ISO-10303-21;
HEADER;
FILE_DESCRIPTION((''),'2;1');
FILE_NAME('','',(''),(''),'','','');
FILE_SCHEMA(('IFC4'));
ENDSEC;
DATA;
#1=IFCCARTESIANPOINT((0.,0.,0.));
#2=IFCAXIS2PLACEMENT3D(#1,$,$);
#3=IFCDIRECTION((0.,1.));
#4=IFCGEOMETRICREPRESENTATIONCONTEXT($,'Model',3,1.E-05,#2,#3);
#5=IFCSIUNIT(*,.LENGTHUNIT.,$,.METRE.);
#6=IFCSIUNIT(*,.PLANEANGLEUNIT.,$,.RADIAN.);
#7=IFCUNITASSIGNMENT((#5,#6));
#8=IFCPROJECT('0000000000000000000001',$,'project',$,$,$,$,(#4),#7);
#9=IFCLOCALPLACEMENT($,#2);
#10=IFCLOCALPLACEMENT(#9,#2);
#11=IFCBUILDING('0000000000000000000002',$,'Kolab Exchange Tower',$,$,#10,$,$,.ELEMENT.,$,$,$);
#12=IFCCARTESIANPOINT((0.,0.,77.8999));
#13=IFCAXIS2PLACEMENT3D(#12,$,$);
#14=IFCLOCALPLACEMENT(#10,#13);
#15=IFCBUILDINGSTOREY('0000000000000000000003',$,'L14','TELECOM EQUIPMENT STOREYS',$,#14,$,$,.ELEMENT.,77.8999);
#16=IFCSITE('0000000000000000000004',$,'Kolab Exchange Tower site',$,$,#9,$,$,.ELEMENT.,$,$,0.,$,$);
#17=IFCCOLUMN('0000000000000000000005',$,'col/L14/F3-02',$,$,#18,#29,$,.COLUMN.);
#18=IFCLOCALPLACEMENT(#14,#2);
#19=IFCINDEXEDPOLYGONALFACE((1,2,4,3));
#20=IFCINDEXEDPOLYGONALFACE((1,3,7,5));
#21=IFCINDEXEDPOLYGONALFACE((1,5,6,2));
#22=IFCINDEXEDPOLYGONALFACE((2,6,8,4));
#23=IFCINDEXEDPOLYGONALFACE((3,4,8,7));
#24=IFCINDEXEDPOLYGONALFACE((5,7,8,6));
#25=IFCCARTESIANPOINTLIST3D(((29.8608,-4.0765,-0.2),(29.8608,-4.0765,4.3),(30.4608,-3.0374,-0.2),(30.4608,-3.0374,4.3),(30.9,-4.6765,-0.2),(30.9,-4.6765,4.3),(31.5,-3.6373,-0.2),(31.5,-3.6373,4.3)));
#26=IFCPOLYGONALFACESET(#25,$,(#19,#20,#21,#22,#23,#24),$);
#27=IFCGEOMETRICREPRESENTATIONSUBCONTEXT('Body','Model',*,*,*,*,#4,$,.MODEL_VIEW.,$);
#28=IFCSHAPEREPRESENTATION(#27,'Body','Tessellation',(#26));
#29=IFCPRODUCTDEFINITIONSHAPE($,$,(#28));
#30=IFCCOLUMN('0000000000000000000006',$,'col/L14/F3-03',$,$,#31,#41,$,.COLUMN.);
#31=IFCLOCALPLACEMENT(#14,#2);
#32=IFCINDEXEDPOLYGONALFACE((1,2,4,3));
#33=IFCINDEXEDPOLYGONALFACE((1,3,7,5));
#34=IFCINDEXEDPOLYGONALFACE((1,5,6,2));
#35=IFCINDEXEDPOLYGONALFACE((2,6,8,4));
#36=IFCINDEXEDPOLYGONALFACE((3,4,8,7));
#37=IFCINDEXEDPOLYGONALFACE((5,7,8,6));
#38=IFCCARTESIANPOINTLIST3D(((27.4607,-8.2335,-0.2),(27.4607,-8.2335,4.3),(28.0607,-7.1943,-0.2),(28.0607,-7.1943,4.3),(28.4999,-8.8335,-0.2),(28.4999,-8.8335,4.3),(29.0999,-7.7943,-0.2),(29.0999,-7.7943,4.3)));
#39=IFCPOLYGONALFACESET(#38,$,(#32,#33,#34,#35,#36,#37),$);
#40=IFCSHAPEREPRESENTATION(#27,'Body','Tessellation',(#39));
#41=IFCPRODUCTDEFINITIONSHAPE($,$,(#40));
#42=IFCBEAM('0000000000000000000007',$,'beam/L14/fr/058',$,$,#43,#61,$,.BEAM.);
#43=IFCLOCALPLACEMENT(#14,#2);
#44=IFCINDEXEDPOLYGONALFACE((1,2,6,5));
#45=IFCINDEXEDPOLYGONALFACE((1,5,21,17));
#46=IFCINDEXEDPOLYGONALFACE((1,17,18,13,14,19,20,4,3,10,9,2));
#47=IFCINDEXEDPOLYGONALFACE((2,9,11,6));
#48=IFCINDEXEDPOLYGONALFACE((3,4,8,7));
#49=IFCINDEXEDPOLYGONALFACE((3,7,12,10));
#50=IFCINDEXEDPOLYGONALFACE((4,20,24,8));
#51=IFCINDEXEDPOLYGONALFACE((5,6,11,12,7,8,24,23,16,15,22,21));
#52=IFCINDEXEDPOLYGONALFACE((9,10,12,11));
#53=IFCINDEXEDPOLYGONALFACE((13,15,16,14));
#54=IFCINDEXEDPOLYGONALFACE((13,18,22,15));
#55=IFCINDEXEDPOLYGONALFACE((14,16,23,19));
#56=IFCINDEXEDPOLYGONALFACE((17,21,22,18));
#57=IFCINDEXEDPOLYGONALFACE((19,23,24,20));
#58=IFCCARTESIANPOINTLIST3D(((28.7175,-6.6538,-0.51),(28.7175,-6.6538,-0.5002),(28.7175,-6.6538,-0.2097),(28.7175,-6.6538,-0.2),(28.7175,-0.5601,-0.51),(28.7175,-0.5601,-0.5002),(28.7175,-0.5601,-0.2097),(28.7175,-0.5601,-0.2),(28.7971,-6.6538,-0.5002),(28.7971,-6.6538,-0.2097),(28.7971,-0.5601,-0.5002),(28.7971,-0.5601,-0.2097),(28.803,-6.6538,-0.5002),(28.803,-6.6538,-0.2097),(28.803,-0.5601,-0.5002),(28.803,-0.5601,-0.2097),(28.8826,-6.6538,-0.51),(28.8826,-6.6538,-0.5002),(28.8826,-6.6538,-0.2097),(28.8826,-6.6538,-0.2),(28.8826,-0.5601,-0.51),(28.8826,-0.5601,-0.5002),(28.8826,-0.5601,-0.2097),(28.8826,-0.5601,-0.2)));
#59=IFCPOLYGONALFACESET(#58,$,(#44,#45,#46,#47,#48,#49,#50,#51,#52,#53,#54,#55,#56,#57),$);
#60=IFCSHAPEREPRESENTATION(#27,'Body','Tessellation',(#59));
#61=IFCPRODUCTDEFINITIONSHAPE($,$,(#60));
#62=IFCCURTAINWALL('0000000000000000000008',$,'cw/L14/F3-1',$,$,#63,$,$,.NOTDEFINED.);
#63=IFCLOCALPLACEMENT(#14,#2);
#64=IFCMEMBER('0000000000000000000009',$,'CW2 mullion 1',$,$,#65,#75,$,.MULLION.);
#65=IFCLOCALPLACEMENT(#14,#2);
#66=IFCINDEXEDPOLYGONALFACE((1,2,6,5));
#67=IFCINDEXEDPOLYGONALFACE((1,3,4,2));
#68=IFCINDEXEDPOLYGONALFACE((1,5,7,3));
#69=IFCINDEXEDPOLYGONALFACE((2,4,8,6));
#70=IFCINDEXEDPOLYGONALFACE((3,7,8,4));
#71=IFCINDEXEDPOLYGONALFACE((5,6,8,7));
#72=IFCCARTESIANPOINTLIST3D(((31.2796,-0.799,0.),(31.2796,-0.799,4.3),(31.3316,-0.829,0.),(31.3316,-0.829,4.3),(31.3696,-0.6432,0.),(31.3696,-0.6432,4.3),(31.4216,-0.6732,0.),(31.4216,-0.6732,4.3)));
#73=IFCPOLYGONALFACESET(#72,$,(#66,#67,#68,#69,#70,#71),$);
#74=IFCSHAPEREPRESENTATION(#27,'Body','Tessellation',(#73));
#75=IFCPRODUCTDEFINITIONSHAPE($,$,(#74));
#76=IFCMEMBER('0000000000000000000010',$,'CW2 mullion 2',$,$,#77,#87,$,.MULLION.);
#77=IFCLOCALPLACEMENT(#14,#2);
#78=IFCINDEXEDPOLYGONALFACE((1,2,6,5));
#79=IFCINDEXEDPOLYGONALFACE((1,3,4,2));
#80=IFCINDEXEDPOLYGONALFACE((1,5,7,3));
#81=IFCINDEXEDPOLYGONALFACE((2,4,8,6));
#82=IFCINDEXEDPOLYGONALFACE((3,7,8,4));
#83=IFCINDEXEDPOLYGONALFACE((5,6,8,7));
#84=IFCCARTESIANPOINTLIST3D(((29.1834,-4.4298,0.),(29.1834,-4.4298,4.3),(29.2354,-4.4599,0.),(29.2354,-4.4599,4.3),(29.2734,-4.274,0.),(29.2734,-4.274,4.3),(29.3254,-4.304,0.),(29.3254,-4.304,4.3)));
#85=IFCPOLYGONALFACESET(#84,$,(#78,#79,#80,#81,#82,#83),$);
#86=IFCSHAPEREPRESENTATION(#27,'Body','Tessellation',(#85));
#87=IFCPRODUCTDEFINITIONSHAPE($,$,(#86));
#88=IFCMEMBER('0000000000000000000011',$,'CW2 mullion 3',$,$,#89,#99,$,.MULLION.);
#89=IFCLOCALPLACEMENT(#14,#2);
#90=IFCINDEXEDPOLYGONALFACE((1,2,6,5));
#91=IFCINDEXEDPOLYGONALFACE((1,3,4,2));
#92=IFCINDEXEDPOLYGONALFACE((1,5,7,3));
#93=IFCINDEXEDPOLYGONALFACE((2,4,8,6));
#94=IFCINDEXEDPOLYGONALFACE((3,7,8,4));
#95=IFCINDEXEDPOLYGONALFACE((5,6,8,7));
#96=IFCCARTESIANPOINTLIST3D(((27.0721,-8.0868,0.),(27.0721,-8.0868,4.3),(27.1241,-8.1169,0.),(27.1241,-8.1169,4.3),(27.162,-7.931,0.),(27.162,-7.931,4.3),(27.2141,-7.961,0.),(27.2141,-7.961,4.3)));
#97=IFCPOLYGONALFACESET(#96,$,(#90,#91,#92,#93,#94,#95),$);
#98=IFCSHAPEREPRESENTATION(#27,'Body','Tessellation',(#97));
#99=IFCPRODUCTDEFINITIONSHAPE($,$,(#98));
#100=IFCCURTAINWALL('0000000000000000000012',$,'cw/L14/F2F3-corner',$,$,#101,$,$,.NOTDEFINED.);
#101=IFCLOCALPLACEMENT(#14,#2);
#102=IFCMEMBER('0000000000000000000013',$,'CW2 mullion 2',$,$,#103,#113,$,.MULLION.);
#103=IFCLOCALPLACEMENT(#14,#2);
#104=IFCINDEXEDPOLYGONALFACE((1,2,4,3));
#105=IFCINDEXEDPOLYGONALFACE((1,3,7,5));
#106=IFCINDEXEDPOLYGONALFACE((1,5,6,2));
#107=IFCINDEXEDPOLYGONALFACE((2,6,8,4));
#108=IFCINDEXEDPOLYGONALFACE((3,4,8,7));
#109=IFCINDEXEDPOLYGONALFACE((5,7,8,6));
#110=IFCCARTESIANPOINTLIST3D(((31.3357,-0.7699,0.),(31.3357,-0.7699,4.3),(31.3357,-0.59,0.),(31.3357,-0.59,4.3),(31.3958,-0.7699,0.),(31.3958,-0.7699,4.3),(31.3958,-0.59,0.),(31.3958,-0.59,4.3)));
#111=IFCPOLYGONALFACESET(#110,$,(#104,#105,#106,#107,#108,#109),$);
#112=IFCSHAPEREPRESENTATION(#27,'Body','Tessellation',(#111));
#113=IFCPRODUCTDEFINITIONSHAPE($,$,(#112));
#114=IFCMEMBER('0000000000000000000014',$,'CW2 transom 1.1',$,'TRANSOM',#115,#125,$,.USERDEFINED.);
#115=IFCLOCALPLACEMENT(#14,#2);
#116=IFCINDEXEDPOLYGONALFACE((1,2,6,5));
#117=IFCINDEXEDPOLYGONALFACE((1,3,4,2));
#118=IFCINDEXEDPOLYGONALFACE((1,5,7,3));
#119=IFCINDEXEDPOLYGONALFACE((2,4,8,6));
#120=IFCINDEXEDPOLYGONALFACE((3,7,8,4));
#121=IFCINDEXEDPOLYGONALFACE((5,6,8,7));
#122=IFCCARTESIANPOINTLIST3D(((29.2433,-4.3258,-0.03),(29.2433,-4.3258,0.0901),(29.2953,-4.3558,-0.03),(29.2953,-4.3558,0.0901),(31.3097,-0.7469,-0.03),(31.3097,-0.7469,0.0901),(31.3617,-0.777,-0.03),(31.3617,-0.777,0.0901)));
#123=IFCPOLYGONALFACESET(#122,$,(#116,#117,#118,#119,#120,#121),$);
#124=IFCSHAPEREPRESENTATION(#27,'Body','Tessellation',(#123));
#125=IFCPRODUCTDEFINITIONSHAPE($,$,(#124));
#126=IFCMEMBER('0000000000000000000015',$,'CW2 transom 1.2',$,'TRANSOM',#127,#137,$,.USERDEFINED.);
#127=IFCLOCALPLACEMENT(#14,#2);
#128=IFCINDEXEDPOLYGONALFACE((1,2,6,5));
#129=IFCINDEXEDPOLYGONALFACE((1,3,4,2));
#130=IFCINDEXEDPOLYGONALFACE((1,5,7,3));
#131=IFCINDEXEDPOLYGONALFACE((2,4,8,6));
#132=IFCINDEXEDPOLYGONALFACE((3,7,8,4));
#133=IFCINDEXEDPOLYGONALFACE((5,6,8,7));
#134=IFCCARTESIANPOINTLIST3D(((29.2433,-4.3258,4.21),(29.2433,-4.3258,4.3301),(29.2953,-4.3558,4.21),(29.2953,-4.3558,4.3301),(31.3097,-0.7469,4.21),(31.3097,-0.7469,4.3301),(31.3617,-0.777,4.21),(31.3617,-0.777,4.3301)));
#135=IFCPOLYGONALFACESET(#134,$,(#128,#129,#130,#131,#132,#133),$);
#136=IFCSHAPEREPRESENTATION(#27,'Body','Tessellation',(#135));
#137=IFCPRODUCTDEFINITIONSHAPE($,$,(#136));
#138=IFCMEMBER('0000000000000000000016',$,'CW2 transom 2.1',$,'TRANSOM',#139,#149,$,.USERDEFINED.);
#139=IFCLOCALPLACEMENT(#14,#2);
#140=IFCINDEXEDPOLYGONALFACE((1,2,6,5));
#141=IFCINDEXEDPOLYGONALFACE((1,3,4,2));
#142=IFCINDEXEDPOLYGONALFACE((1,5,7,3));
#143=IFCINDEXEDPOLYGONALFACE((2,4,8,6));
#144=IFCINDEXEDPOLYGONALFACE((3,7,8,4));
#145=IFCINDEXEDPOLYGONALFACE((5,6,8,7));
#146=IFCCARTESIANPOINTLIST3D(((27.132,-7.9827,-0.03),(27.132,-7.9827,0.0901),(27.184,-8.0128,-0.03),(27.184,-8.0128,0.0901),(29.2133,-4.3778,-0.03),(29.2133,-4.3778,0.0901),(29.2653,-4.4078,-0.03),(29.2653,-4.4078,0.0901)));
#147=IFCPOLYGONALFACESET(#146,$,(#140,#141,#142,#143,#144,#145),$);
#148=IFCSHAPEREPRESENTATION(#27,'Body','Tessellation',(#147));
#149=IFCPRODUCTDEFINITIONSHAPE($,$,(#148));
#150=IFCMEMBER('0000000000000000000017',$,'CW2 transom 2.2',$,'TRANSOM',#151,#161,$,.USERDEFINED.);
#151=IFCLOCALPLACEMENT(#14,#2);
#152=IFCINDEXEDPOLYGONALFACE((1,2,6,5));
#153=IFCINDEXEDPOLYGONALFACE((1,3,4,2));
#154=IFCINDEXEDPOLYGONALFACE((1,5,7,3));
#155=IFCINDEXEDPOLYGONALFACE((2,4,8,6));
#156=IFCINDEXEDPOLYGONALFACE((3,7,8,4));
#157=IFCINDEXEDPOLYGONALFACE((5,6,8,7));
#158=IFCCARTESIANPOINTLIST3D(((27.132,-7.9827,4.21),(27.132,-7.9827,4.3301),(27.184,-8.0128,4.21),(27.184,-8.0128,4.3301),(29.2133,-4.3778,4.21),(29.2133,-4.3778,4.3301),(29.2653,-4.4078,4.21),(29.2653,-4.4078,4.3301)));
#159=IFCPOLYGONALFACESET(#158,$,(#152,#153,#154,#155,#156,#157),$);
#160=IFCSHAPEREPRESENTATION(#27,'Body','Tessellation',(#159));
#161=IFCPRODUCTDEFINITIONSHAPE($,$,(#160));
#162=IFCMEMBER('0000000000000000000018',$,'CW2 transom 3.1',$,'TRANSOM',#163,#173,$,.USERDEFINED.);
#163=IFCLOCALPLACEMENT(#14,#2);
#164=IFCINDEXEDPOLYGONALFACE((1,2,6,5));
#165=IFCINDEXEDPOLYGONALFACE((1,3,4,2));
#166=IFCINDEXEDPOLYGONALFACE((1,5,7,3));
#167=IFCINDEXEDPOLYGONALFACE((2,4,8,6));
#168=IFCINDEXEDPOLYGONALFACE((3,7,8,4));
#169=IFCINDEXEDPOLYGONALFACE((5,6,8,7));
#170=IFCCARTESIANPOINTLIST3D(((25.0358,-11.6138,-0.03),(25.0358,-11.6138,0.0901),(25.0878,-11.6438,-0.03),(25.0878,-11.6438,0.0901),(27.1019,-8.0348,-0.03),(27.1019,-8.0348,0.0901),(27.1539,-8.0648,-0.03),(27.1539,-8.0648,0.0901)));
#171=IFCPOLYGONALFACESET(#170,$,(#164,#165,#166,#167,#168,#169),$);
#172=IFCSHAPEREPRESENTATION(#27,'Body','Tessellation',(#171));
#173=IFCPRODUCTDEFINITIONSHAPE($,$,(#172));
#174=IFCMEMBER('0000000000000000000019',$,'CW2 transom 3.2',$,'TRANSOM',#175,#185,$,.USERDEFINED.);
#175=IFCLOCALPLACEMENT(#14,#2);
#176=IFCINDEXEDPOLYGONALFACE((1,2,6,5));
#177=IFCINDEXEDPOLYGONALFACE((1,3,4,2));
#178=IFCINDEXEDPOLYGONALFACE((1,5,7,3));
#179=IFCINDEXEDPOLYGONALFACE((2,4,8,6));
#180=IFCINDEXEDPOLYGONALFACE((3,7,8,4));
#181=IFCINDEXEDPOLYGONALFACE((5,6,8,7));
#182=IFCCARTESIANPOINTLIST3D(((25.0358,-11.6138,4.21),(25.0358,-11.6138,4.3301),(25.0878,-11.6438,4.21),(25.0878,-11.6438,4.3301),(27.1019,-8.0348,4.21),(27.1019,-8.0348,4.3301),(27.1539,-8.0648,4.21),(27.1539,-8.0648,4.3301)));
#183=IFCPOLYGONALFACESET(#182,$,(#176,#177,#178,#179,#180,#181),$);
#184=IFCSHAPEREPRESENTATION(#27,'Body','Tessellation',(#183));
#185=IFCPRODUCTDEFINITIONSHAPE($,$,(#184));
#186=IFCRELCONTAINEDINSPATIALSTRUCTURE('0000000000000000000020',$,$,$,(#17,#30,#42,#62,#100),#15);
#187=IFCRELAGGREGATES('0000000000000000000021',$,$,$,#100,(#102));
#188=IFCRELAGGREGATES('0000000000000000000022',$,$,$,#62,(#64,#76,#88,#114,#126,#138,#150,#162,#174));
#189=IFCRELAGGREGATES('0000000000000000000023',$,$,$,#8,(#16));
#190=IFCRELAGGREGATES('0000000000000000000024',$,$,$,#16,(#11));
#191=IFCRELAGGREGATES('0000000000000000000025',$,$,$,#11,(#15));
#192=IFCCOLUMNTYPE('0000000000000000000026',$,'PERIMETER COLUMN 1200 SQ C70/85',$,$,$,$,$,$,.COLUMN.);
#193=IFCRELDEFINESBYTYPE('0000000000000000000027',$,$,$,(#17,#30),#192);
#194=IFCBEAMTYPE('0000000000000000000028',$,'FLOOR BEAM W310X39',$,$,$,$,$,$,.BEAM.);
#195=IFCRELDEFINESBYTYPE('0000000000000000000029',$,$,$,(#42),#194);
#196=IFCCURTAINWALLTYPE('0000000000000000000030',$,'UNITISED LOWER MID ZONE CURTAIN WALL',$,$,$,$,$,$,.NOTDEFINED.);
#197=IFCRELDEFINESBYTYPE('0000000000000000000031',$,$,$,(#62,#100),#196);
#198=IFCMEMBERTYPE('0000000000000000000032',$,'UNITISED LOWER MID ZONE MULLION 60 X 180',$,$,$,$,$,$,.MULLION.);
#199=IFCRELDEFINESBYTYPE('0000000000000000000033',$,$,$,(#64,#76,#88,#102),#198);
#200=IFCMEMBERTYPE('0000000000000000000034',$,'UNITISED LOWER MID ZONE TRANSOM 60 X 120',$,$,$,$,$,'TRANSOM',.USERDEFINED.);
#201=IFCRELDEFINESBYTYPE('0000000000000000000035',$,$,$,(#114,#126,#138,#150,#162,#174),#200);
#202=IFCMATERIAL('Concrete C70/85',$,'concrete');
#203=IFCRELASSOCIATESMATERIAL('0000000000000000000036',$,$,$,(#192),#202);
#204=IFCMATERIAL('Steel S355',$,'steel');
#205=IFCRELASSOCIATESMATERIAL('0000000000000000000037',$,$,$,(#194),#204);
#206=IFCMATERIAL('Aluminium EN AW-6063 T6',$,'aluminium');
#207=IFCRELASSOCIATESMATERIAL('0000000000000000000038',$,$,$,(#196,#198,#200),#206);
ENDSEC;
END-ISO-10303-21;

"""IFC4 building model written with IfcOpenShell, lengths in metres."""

from ifc_helpers import new_model, si_unit, direction, frame, origin, origin_2d, place, context, subcontext, project, spatial, rectangle, i_section, extrude, material, material_profile, profile_set, type_object, element, aggregate, save


model = new_model("IFC4")

# Units and contexts
model_context = context("Model", 3, precision=1e-05, world=origin(), true_north=direction((0.0, 1.0)))
body_context = subcontext(model_context, "Body", "Model", "MODEL_VIEW")
ifc_project = project(units=[si_unit("LENGTHUNIT", "METRE"), si_unit("PLANEANGLEUNIT", "RADIAN")], contexts=[model_context])

# Site, building, storey
site_placement = place(None, origin())
site = spatial("IfcSite", under=ifc_project, at=site_placement, Name="Kolab Exchange Tower site", CompositionType="ELEMENT", RefElevation=0.0)
building_placement = place(site_placement, origin())
building = spatial("IfcBuilding", under=site, at=building_placement, Name="Kolab Exchange Tower", CompositionType="ELEMENT")
storey_placement = place(building_placement, frame((0.0, 0.0, 77.8999)))
storey = spatial("IfcBuildingStorey", under=building, at=storey_placement, Name="L14", Description="TELECOM EQUIPMENT STOREYS", CompositionType="ELEMENT", Elevation=77.8999)

# Columns
ifc_material_1 = material(Name="Concrete C70/85", Category="concrete")
ifc_material_profile_1 = material_profile(ifc_material_1, rectangle(XDim=1.2, YDim=1.2, at=origin_2d()), Name="RC1200")
ifc_profile_set_1 = profile_set([ifc_material_profile_1], Name="Concrete C70/85")
column_type = type_object("IfcColumnType", Name="PERIMETER COLUMN 1200 SQ C70/85", PredefinedType="COLUMN", material=ifc_profile_set_1)
for number, where, z_axis, x_axis, name in (
    (1, (30.6804, -3.8569, -0.2), (0.0, 0.0, 1.0), (0.5, 0.866025, 0.0), "col/L14/F3-02"),
    (2, (28.2803, -8.0139, -0.2), (0.0, 0.0, 1.0), (0.5, 0.866025, 0.0), "col/L14/F3-03"),
):
    element("IfcColumn", number, at=place(storey_placement, frame(where, z_axis=z_axis, x_axis=x_axis)), inside=storey, type_object=column_type, Name=name, PredefinedType="COLUMN", context=body_context, shape_type="SweptSolid", body=[
        extrude(rectangle(XDim=1.2, YDim=1.2, at=origin_2d()), origin(), (0.0, 0.0, 1.0), 4.5),
    ])

# Beam
ifc_material_2 = material(Name="Steel S355", Category="steel")
ifc_material_profile_2 = material_profile(ifc_material_2, i_section(OverallWidth=0.165, OverallDepth=0.3101, WebThickness=0.0059, FlangeThickness=0.0098, at=origin_2d()), Name="W310X39")
ifc_profile_set_2 = profile_set([ifc_material_profile_2], Name="Steel S355")
beam_type = type_object("IfcBeamType", Name="FLOOR BEAM W310X39", PredefinedType="BEAM", material=ifc_profile_set_2)
beam_placement = place(storey_placement, frame((28.8, -6.6538, -0.355), z_axis=(0.0, 1.0, 0.0), x_axis=(-1.0, 0.0, 0.0)))
element("IfcBeam", 3, at=beam_placement, inside=storey, type_object=beam_type, Name="beam/L14/fr/058", PredefinedType="BEAM", context=body_context, shape_type="SweptSolid", body=[
    extrude(i_section(OverallWidth=0.165, OverallDepth=0.3101, WebThickness=0.0059, FlangeThickness=0.0098, at=origin_2d()), origin(), (0.0, 0.0, 1.0), 6.0938),
])

# Curtain wall, members
ifc_material_3 = material(Name="Aluminium EN AW-6063 T6", Category="aluminium")
curtain_wall_type = type_object("IfcCurtainWallType", Name="UNITISED LOWER MID ZONE CURTAIN WALL", PredefinedType="NOTDEFINED", material=ifc_material_3)
curtain_wall_1_placement = place(storey_placement, origin())
curtain_wall_1 = element("IfcCurtainWall", 4, at=curtain_wall_1_placement, inside=storey, type_object=curtain_wall_type, Name="cw/L14/F3-1", PredefinedType="NOTDEFINED")
ifc_material_profile_3 = material_profile(ifc_material_3, rectangle(XDim=0.0601, YDim=0.1799, at=origin_2d()), Name="RECT 60X180")
ifc_profile_set_3 = profile_set([ifc_material_profile_3], Name="Aluminium EN AW-6063 T6")
member_type_1 = type_object("IfcMemberType", Name="UNITISED LOWER MID ZONE MULLION 60 X 180", PredefinedType="MULLION", material=ifc_profile_set_3)
member_1_placement = place(storey_placement, frame((31.3506, -0.7361, 0.0), z_axis=(0.0, 0.0, 1.0), x_axis=(0.866025, -0.5, 0.0)))
member_1 = element("IfcMember", 5, at=member_1_placement, type_object=member_type_1, Name="CW2 mullion 1", PredefinedType="MULLION", context=body_context, shape_type="SweptSolid", body=[
    extrude(rectangle(XDim=0.0601, YDim=0.1799, at=origin_2d()), origin(), (0.0, 0.0, 1.0), 4.3),
])
member_2_placement = place(storey_placement, frame((29.2544, -4.3669, 0.0), z_axis=(0.0, 0.0, 1.0), x_axis=(0.866025, -0.5, 0.0)))
member_2 = element("IfcMember", 6, at=member_2_placement, type_object=member_type_1, Name="CW2 mullion 2", PredefinedType="MULLION", context=body_context, shape_type="SweptSolid", body=[
    extrude(rectangle(XDim=0.0601, YDim=0.1799, at=origin_2d()), origin(), (0.0, 0.0, 1.0), 4.3),
])
member_3_placement = place(storey_placement, frame((27.1431, -8.0239, 0.0), z_axis=(0.0, 0.0, 1.0), x_axis=(0.866025, -0.5, 0.0)))
member_3 = element("IfcMember", 7, at=member_3_placement, type_object=member_type_1, Name="CW2 mullion 3", PredefinedType="MULLION", context=body_context, shape_type="SweptSolid", body=[
    extrude(rectangle(XDim=0.0601, YDim=0.1799, at=origin_2d()), origin(), (0.0, 0.0, 1.0), 4.3),
])

# Curtain wall, member
curtain_wall_2_placement = place(storey_placement, origin())
curtain_wall_2 = element("IfcCurtainWall", 8, at=curtain_wall_2_placement, inside=storey, type_object=curtain_wall_type, Name="cw/L14/F2F3-corner", PredefinedType="NOTDEFINED")
member_4_placement = place(storey_placement, frame((31.3657, -0.6799, 0.0), z_axis=(0.0, 0.0, 1.0), x_axis=(1.0, 0.0, 0.0)))
member_4 = element("IfcMember", 9, at=member_4_placement, type_object=member_type_1, Name="CW2 mullion 2", PredefinedType="MULLION", context=body_context, shape_type="SweptSolid", body=[
    extrude(rectangle(XDim=0.0601, YDim=0.1799, at=origin_2d()), origin(), (0.0, 0.0, 1.0), 4.3),
])
aggregate(curtain_wall_2, [member_4])

# Members
ifc_material_profile_4 = material_profile(ifc_material_3, rectangle(XDim=0.0601, YDim=0.1201, at=origin_2d()), Name="RECT 60X120")
ifc_profile_set_4 = profile_set([ifc_material_profile_4], Name="Aluminium EN AW-6063 T6")
member_type_2 = type_object("IfcMemberType", Name="UNITISED LOWER MID ZONE TRANSOM 60 X 120", ElementType="TRANSOM", PredefinedType="USERDEFINED", material=ifc_profile_set_4)
member_5_placement = place(storey_placement, frame((31.3357, -0.762, 0.03), z_axis=(-0.500028, -0.866009, 0.0), x_axis=(0.866009, -0.500028, 0.0)))
member_5 = element("IfcMember", 10, at=member_5_placement, type_object=member_type_2, Name="CW2 transom 1.1", ObjectType="TRANSOM", PredefinedType="USERDEFINED", context=body_context, shape_type="SweptSolid", body=[
    extrude(rectangle(XDim=0.0601, YDim=0.1201, at=origin_2d()), origin(), (0.0, 0.0, 1.0), 4.1326),
])
member_6_placement = place(storey_placement, frame((31.3357, -0.762, 4.27), z_axis=(-0.500028, -0.866009, 0.0), x_axis=(0.866009, -0.500028, 0.0)))
member_6 = element("IfcMember", 11, at=member_6_placement, type_object=member_type_2, Name="CW2 transom 1.2", ObjectType="TRANSOM", PredefinedType="USERDEFINED", context=body_context, shape_type="SweptSolid", body=[
    extrude(rectangle(XDim=0.0601, YDim=0.1201, at=origin_2d()), origin(), (0.0, 0.0, 1.0), 4.1326),
])
member_7_placement = place(storey_placement, frame((29.2393, -4.3928, 0.03), z_axis=(-0.499993, -0.866029, 0.0), x_axis=(0.866029, -0.499993, 0.0)))
member_7 = element("IfcMember", 12, at=member_7_placement, type_object=member_type_2, Name="CW2 transom 2.1", ObjectType="TRANSOM", PredefinedType="USERDEFINED", context=body_context, shape_type="SweptSolid", body=[
    extrude(rectangle(XDim=0.0601, YDim=0.1201, at=origin_2d()), origin(), (0.0, 0.0, 1.0), 4.1626),
])
member_8_placement = place(storey_placement, frame((29.2393, -4.3928, 4.27), z_axis=(-0.499993, -0.866029, 0.0), x_axis=(0.866029, -0.499993, 0.0)))
member_8 = element("IfcMember", 13, at=member_8_placement, type_object=member_type_2, Name="CW2 transom 2.2", ObjectType="TRANSOM", PredefinedType="USERDEFINED", context=body_context, shape_type="SweptSolid", body=[
    extrude(rectangle(XDim=0.0601, YDim=0.1201, at=origin_2d()), origin(), (0.0, 0.0, 1.0), 4.1626),
])
member_9_placement = place(storey_placement, frame((27.1279, -8.0498, 0.03), z_axis=(-0.499958, -0.86605, 0.0), x_axis=(0.86605, -0.499958, 0.0)))
member_9 = element("IfcMember", 14, at=member_9_placement, type_object=member_type_2, Name="CW2 transom 3.1", ObjectType="TRANSOM", PredefinedType="USERDEFINED", context=body_context, shape_type="SweptSolid", body=[
    extrude(rectangle(XDim=0.0601, YDim=0.1201, at=origin_2d()), origin(), (0.0, 0.0, 1.0), 4.1326),
])
member_10_placement = place(storey_placement, frame((27.1279, -8.0498, 4.27), z_axis=(-0.499958, -0.86605, 0.0), x_axis=(0.86605, -0.499958, 0.0)))
member_10 = element("IfcMember", 15, at=member_10_placement, type_object=member_type_2, Name="CW2 transom 3.2", ObjectType="TRANSOM", PredefinedType="USERDEFINED", context=body_context, shape_type="SweptSolid", body=[
    extrude(rectangle(XDim=0.0601, YDim=0.1201, at=origin_2d()), origin(), (0.0, 0.0, 1.0), 4.1326),
])

aggregate(curtain_wall_1, [member_1, member_2, member_3, member_5, member_6, member_7, member_8, member_9, member_10])

save(model, "model.ifc")
